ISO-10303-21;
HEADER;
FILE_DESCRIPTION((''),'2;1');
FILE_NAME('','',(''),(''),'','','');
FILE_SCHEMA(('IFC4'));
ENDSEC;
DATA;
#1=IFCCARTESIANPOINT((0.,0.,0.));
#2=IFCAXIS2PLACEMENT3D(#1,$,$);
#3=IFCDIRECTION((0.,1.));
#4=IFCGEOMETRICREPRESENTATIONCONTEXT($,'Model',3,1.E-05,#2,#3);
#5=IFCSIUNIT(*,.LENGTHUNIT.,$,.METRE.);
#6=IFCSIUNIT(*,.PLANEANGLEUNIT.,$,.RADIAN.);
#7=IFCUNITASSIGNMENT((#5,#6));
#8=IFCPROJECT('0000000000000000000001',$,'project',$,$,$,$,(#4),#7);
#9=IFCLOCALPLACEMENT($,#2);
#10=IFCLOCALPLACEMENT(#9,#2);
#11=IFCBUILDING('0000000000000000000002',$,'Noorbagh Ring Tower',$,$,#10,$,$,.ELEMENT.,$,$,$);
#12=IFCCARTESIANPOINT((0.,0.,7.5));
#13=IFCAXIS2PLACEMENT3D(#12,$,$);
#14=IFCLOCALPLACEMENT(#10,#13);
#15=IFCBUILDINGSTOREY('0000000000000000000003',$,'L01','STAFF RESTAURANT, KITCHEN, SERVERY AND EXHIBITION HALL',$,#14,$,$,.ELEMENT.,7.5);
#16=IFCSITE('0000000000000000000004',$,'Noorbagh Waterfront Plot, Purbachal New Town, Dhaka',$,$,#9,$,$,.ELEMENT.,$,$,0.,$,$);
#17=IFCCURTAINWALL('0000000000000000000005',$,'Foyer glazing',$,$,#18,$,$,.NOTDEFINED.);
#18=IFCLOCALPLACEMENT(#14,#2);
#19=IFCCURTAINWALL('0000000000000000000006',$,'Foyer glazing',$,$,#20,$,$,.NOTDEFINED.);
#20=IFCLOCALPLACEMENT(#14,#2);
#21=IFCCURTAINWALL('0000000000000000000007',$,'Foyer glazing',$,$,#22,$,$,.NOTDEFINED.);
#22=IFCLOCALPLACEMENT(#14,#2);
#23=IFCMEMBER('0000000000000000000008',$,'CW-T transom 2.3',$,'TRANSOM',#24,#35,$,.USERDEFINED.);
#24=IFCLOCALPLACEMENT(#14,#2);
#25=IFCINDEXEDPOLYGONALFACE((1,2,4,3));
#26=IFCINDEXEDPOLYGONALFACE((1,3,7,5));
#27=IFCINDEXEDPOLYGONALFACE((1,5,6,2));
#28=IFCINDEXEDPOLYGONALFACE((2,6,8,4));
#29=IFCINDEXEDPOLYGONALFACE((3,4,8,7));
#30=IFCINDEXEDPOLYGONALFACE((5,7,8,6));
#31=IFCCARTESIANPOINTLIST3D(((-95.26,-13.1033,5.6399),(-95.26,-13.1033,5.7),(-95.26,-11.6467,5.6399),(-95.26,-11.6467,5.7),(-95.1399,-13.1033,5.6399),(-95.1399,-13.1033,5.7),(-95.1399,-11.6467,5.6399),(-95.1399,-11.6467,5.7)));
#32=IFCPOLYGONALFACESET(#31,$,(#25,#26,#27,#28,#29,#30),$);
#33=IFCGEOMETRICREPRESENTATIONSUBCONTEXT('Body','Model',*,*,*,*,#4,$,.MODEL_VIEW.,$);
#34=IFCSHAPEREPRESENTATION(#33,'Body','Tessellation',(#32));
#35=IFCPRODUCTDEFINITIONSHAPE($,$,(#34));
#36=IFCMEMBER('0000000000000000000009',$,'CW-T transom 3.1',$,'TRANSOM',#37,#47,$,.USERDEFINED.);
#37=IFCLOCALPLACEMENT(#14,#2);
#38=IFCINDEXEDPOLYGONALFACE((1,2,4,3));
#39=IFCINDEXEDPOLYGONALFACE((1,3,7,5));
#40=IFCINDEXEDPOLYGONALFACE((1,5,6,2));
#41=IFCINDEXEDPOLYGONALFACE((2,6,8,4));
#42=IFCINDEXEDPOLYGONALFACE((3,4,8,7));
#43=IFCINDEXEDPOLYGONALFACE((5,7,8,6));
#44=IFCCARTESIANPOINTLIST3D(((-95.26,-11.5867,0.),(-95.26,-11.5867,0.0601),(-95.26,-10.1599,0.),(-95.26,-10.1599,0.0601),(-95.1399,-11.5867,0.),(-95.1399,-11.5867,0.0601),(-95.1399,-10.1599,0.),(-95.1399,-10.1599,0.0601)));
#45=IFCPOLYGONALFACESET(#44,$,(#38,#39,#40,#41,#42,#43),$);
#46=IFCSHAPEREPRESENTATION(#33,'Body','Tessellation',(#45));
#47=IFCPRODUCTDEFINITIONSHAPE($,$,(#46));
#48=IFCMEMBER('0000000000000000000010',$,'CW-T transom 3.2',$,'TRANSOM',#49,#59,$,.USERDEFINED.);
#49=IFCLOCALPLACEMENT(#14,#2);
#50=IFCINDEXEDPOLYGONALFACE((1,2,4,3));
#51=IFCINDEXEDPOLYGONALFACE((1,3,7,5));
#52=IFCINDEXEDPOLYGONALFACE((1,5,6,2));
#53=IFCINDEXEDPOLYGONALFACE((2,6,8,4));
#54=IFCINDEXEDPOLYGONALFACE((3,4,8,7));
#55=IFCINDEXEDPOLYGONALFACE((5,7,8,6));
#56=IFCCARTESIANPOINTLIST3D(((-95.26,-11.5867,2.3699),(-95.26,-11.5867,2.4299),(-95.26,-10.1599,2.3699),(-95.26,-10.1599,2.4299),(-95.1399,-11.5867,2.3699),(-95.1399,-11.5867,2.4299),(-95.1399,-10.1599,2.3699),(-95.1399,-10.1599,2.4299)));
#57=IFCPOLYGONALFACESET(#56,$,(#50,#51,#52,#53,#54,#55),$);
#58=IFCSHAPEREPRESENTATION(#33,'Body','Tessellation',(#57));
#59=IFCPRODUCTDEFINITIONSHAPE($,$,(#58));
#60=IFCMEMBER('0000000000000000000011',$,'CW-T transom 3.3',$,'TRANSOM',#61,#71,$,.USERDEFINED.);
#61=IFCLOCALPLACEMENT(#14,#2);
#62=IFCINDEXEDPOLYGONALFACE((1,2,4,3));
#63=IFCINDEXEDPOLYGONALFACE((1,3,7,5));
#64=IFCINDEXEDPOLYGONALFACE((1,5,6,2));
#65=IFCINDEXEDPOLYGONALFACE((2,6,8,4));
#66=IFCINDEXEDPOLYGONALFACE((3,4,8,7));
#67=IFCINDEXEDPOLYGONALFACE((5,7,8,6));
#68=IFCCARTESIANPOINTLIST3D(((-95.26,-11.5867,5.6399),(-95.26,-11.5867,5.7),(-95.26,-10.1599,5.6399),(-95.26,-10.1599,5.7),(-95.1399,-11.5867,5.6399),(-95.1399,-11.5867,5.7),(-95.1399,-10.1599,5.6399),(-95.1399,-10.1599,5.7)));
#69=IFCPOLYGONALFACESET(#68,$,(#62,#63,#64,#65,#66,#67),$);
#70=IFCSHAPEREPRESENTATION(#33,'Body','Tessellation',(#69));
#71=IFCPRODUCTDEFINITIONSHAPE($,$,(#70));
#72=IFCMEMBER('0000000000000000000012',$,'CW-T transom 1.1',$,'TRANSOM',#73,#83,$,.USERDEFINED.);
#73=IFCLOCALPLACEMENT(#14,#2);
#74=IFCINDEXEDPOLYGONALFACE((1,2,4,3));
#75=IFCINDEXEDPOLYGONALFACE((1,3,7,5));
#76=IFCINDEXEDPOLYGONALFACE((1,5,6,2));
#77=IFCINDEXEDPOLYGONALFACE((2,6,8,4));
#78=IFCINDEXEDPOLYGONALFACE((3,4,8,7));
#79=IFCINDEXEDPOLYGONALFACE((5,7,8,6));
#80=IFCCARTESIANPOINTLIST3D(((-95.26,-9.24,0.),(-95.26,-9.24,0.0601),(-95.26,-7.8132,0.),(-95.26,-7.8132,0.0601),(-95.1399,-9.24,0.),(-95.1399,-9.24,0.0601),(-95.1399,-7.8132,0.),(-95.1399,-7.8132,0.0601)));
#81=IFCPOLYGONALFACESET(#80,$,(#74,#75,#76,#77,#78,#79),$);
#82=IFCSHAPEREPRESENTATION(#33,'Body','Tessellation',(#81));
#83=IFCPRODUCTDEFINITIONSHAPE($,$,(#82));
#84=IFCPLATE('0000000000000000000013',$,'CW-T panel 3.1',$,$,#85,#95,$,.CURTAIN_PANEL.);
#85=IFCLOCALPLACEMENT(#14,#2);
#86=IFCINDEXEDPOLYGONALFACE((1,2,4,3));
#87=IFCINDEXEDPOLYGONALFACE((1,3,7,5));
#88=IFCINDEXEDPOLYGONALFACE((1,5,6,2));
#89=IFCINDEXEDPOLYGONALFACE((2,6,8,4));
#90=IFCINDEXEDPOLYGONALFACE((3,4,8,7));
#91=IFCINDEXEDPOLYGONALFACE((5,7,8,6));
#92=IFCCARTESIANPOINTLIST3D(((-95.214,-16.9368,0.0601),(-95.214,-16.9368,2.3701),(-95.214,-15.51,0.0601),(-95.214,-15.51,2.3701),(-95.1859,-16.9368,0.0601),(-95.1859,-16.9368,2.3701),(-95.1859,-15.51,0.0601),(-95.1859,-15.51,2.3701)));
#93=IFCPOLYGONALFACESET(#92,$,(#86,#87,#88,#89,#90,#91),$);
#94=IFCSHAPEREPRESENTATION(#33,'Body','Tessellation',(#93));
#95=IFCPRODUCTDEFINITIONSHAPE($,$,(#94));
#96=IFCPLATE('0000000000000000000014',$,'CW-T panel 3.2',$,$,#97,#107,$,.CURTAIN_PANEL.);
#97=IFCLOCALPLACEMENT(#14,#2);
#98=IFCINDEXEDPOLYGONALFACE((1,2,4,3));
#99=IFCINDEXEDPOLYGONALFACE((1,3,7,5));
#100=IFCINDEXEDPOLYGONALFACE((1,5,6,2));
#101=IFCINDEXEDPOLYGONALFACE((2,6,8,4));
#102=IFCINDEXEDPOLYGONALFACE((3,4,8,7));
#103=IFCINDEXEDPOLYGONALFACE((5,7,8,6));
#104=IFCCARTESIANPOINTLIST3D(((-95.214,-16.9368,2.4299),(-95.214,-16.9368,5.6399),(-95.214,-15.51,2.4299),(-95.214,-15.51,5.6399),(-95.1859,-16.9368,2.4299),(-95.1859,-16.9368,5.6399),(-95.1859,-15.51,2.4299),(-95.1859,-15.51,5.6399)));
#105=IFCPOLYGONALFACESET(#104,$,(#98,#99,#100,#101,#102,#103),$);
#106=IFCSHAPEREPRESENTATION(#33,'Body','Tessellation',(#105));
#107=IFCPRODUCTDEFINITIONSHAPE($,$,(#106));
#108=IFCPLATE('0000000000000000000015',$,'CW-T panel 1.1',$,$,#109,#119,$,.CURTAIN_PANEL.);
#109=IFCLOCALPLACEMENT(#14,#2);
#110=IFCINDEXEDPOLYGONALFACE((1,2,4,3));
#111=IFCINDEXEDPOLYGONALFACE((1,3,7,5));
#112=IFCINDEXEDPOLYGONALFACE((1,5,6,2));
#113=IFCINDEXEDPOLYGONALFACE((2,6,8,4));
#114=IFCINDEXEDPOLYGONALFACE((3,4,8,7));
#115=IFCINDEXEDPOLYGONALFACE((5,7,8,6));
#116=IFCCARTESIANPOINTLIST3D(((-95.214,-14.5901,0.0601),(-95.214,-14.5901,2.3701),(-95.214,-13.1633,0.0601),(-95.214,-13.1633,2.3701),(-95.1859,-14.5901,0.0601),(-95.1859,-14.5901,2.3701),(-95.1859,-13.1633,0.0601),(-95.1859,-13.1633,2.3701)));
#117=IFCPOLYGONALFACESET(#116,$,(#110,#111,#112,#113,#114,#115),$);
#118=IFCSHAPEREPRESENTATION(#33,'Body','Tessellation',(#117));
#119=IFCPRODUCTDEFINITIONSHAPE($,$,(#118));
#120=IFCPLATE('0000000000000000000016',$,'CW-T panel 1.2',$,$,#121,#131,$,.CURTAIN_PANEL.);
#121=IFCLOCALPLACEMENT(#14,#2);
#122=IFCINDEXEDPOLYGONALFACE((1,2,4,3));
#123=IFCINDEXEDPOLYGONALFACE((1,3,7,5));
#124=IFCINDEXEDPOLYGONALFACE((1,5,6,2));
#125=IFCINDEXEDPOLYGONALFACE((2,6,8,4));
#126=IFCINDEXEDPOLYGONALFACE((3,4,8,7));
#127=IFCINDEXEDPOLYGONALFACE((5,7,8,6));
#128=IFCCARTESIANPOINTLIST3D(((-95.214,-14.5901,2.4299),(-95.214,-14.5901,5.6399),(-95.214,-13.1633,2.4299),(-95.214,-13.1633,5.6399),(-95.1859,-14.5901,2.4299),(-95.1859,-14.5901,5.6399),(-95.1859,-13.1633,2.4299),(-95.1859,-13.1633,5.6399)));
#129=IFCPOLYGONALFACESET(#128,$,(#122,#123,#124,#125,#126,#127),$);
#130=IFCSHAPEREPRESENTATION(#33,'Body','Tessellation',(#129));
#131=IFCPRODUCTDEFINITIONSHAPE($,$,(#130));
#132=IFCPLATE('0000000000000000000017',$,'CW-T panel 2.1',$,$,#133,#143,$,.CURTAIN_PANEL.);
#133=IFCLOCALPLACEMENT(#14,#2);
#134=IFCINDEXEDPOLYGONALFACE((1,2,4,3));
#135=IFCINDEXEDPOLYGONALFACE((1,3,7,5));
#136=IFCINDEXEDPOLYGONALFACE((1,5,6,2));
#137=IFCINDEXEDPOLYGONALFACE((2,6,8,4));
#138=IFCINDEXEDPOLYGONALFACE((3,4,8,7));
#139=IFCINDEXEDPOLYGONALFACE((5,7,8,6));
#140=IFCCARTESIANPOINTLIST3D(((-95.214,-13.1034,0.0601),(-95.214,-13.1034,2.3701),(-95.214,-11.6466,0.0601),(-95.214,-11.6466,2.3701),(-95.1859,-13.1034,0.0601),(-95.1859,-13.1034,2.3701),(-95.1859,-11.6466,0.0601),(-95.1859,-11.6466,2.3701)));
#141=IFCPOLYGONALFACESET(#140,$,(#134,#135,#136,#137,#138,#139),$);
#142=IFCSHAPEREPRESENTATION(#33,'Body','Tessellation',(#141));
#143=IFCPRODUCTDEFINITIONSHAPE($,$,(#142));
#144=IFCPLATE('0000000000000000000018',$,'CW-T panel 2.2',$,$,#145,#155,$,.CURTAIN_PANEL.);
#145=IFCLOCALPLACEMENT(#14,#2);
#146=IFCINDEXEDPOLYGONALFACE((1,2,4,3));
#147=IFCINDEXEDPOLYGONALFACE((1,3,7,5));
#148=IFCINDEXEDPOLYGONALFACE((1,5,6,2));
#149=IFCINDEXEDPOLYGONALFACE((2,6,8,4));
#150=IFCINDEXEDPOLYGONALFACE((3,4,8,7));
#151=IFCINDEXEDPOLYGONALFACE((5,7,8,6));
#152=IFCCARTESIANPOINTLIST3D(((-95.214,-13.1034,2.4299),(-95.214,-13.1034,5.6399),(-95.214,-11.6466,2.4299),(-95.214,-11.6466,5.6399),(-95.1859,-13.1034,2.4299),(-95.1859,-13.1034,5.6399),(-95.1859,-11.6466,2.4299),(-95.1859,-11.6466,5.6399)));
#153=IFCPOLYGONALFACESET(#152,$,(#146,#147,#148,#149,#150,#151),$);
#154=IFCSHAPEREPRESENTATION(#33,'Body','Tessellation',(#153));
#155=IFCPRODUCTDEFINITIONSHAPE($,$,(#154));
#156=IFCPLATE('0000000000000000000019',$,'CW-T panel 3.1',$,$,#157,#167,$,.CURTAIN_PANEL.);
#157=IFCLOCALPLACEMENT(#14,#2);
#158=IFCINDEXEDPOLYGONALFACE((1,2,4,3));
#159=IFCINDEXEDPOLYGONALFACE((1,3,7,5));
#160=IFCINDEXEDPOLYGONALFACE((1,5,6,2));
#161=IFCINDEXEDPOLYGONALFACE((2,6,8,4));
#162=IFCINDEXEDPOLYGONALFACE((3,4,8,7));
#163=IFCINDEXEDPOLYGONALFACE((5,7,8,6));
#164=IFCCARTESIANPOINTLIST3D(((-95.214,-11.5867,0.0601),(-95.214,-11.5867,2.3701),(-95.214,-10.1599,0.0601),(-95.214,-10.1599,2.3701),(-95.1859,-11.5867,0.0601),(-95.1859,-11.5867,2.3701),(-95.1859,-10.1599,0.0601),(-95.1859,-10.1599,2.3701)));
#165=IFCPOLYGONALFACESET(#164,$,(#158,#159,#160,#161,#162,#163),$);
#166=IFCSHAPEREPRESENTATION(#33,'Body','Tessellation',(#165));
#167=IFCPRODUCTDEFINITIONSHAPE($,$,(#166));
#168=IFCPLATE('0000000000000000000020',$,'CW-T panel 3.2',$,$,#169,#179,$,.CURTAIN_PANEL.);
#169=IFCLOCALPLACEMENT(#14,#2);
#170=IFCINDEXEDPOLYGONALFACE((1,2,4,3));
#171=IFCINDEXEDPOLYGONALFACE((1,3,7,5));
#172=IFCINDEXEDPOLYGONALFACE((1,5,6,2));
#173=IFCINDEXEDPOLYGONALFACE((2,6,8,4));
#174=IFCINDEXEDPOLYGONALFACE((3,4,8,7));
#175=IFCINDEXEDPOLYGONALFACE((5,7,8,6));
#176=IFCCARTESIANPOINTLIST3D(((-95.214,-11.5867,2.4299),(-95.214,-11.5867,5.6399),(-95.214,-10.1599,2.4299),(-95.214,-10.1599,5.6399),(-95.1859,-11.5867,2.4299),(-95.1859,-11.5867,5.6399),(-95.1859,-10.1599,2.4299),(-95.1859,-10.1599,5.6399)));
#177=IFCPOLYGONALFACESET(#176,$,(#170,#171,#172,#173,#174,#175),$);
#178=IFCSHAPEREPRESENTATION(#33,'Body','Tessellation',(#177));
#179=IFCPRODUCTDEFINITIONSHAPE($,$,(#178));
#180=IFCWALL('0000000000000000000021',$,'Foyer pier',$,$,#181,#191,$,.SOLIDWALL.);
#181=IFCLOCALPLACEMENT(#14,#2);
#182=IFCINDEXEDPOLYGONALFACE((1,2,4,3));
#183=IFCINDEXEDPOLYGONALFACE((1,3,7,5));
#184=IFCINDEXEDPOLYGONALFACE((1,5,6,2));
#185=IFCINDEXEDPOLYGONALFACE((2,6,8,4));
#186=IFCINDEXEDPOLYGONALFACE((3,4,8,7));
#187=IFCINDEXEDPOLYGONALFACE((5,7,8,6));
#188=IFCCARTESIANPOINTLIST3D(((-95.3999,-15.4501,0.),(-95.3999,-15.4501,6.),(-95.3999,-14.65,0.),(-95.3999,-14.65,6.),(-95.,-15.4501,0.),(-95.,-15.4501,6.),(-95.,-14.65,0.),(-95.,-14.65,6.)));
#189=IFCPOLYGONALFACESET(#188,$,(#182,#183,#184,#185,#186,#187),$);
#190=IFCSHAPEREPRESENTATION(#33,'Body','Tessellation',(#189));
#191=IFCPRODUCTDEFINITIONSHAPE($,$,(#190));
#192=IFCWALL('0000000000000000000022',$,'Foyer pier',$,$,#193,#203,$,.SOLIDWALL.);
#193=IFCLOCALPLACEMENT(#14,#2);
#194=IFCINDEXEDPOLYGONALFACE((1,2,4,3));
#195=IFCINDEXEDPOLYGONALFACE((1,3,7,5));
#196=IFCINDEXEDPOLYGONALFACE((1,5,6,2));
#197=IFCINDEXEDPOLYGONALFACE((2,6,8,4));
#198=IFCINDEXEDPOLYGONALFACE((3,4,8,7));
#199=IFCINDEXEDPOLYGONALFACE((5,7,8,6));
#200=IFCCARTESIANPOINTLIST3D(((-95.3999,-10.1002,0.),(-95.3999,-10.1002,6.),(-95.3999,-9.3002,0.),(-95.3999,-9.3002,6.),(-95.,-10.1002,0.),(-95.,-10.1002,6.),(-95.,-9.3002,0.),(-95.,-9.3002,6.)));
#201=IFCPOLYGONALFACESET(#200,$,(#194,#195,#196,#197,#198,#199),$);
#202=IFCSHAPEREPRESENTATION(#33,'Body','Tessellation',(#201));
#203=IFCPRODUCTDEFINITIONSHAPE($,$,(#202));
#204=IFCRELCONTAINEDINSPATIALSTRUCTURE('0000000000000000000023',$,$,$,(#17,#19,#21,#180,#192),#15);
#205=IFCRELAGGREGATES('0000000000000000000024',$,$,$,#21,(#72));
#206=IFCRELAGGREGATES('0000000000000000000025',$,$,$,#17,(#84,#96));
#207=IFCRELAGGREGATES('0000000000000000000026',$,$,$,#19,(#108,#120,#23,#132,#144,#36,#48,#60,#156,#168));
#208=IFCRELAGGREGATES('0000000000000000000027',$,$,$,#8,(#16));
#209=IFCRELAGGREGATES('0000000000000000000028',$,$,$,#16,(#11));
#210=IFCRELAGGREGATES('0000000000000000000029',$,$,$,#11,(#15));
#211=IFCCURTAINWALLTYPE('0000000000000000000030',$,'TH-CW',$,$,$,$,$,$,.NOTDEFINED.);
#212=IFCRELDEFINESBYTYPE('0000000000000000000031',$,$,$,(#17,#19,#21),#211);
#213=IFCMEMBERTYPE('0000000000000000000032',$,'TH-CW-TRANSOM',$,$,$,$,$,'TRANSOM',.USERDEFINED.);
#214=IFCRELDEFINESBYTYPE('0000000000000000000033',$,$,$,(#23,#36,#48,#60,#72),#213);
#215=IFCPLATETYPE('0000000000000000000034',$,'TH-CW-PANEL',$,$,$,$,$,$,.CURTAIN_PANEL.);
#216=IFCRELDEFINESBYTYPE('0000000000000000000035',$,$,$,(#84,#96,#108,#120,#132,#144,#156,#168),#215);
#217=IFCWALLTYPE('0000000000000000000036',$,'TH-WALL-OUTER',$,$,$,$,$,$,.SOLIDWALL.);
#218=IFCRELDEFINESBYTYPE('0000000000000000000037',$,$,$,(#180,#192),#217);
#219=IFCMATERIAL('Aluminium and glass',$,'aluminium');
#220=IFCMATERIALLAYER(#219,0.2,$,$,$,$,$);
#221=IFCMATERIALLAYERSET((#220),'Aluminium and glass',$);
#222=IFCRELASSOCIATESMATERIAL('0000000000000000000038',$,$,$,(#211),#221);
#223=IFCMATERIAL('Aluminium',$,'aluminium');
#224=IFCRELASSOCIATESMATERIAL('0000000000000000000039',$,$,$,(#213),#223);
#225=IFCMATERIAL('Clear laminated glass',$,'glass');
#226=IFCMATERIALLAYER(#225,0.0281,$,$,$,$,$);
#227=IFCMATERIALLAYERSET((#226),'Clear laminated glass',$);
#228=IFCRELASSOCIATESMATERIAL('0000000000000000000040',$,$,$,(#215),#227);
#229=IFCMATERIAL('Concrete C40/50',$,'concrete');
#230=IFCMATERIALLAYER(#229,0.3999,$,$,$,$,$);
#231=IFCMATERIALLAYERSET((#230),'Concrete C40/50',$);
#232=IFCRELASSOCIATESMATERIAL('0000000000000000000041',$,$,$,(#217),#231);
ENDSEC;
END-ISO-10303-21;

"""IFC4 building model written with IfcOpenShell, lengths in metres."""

from ifc_helpers import new_model, si_unit, direction, frame, frame_2d, origin, origin_2d, place, context, subcontext, project, spatial, rectangle, extrude, material, layer, layer_set, material_profile, profile_set, type_object, element, aggregate, save


model = new_model("IFC4")

# Units and contexts
model_context = context("Model", 3, precision=1e-05, world=origin(), true_north=direction((0.0, 1.0)))
body_context = subcontext(model_context, "Body", "Model", "MODEL_VIEW")
ifc_project = project(units=[si_unit("LENGTHUNIT", "METRE"), si_unit("PLANEANGLEUNIT", "RADIAN")], contexts=[model_context])

# Site, building, storey
site_placement = place(None, origin())
site = spatial("IfcSite", under=ifc_project, at=site_placement, Name="Noorbagh Waterfront Plot, Purbachal New Town, Dhaka", CompositionType="ELEMENT", RefElevation=0.0)
building_placement = place(site_placement, origin())
building = spatial("IfcBuilding", under=site, at=building_placement, Name="Noorbagh Ring Tower", CompositionType="ELEMENT")
storey_placement = place(building_placement, frame((0.0, 0.0, 7.5)))
storey = spatial("IfcBuildingStorey", under=building, at=storey_placement, Name="L01", Description="STAFF RESTAURANT, KITCHEN, SERVERY AND EXHIBITION HALL", CompositionType="ELEMENT", Elevation=7.5)

# Curtain walls
ifc_material_1 = material(Name="Aluminium and glass", Category="aluminium")
ifc_layer_1 = layer(ifc_material_1, 0.2)
ifc_layer_set_1 = layer_set([ifc_layer_1], Name="Aluminium and glass")
curtain_wall_type = type_object("IfcCurtainWallType", Name="TH-CW", PredefinedType="NOTDEFINED", material=ifc_layer_set_1)
curtain_wall_1_placement = place(storey_placement, origin())
curtain_wall_1 = element("IfcCurtainWall", 1, at=curtain_wall_1_placement, inside=storey, type_object=curtain_wall_type, Name="Foyer glazing", PredefinedType="NOTDEFINED")
curtain_wall_2_placement = place(storey_placement, origin())
curtain_wall_2 = element("IfcCurtainWall", 2, at=curtain_wall_2_placement, inside=storey, type_object=curtain_wall_type, Name="Foyer glazing", PredefinedType="NOTDEFINED")

# Curtain wall
curtain_wall_3_placement = place(storey_placement, origin())
curtain_wall_3 = element("IfcCurtainWall", 3, at=curtain_wall_3_placement, inside=storey, type_object=curtain_wall_type, Name="Foyer glazing", PredefinedType="NOTDEFINED")

# Members
ifc_material_2 = material(Name="Aluminium", Category="aluminium")
ifc_material_profile_1 = material_profile(ifc_material_2, rectangle(XDim=0.1201, YDim=0.0601, at=origin_2d()), Name="AL 120x60")
ifc_profile_set_1 = profile_set([ifc_material_profile_1], Name="Aluminium")
member_type_1 = type_object("IfcMemberType", Name="TH-CW-TRANSOM", ElementType="TRANSOM", PredefinedType="USERDEFINED", material=ifc_profile_set_1)
member_1_placement = place(storey_placement, frame((-95.2, -13.1033, 5.6699), z_axis=(0.0, 1.0, 0.0), x_axis=(-1.0, 0.0, 0.0)))
member_1 = element("IfcMember", 4, at=member_1_placement, type_object=member_type_1, Name="CW-T transom 2.3", ObjectType="TRANSOM", PredefinedType="USERDEFINED", context=body_context, shape_type="SweptSolid", body=[
    extrude(rectangle(XDim=0.1201, YDim=0.0601, at=origin_2d()), origin(), (0.0, 0.0, 1.0), 1.4565),
])
member_2_placement = place(storey_placement, frame((-95.2, -11.5867, 0.03), z_axis=(0.0, 1.0, 0.0), x_axis=(-1.0, 0.0, 0.0)))
member_2 = element("IfcMember", 5, at=member_2_placement, type_object=member_type_1, Name="CW-T transom 3.1", ObjectType="TRANSOM", PredefinedType="USERDEFINED", context=body_context, shape_type="SweptSolid", body=[
    extrude(rectangle(XDim=0.1201, YDim=0.0601, at=origin_2d()), origin(), (0.0, 0.0, 1.0), 1.4268),
])
member_3_placement = place(storey_placement, frame((-95.2, -11.5867, 2.3999), z_axis=(0.0, 1.0, 0.0), x_axis=(-1.0, 0.0, 0.0)))
member_3 = element("IfcMember", 6, at=member_3_placement, type_object=member_type_1, Name="CW-T transom 3.2", ObjectType="TRANSOM", PredefinedType="USERDEFINED", context=body_context, shape_type="SweptSolid", body=[
    extrude(rectangle(XDim=0.1201, YDim=0.0601, at=origin_2d()), origin(), (0.0, 0.0, 1.0), 1.4268),
])
member_4_placement = place(storey_placement, frame((-95.2, -11.5867, 5.6699), z_axis=(0.0, 1.0, 0.0), x_axis=(-1.0, 0.0, 0.0)))
member_4 = element("IfcMember", 7, at=member_4_placement, type_object=member_type_1, Name="CW-T transom 3.3", ObjectType="TRANSOM", PredefinedType="USERDEFINED", context=body_context, shape_type="SweptSolid", body=[
    extrude(rectangle(XDim=0.1201, YDim=0.0601, at=origin_2d()), origin(), (0.0, 0.0, 1.0), 1.4268),
])
member_5_placement = place(storey_placement, frame((-95.2, -9.24, 0.03), z_axis=(0.0, 1.0, 0.0), x_axis=(-1.0, 0.0, 0.0)))
member_5 = element("IfcMember", 8, at=member_5_placement, type_object=member_type_1, Name="CW-T transom 1.1", ObjectType="TRANSOM", PredefinedType="USERDEFINED", context=body_context, shape_type="SweptSolid", body=[
    extrude(rectangle(XDim=0.1201, YDim=0.0601, at=origin_2d()), origin(), (0.0, 0.0, 1.0), 1.4268),
])
aggregate(curtain_wall_3, [member_5])

# Plates
ifc_material_3 = material(Name="Clear laminated glass", Category="glass")
ifc_layer_2 = layer(ifc_material_3, 0.0281)
ifc_layer_set_2 = layer_set([ifc_layer_2], Name="Clear laminated glass")
plate_type = type_object("IfcPlateType", Name="TH-CW-PANEL", PredefinedType="CURTAIN_PANEL", material=ifc_layer_set_2)
plate_1_placement = place(storey_placement, frame((-95.2, -16.2234, 0.0601), z_axis=(0.0, 0.0, 1.0), x_axis=(0.0, 1.0, 0.0)))
plate_1 = element("IfcPlate", 9, at=plate_1_placement, type_object=plate_type, Name="CW-T panel 3.1", PredefinedType="CURTAIN_PANEL", context=body_context, shape_type="SweptSolid", body=[
    extrude(rectangle(XDim=1.4268, YDim=0.0281, at=origin_2d()), origin(), (0.0, 0.0, 1.0), 2.3101),
])
plate_2_placement = place(storey_placement, frame((-95.2, -16.2234, 2.4299), z_axis=(0.0, 0.0, 1.0), x_axis=(0.0, 1.0, 0.0)))
plate_2 = element("IfcPlate", 10, at=plate_2_placement, type_object=plate_type, Name="CW-T panel 3.2", PredefinedType="CURTAIN_PANEL", context=body_context, shape_type="SweptSolid", body=[
    extrude(rectangle(XDim=1.4268, YDim=0.0281, at=origin_2d()), origin(), (0.0, 0.0, 1.0), 3.21),
])
aggregate(curtain_wall_1, [plate_1, plate_2])
plate_3_placement = place(storey_placement, frame((-95.2, -13.8767, 0.0601), z_axis=(0.0, 0.0, 1.0), x_axis=(0.0, 1.0, 0.0)))
plate_3 = element("IfcPlate", 11, at=plate_3_placement, type_object=plate_type, Name="CW-T panel 1.1", PredefinedType="CURTAIN_PANEL", context=body_context, shape_type="SweptSolid", body=[
    extrude(rectangle(XDim=1.4268, YDim=0.0281, at=origin_2d()), origin(), (0.0, 0.0, 1.0), 2.3101),
])
plate_4_placement = place(storey_placement, frame((-95.2, -13.8767, 2.4299), z_axis=(0.0, 0.0, 1.0), x_axis=(0.0, 1.0, 0.0)))
plate_4 = element("IfcPlate", 12, at=plate_4_placement, type_object=plate_type, Name="CW-T panel 1.2", PredefinedType="CURTAIN_PANEL", context=body_context, shape_type="SweptSolid", body=[
    extrude(rectangle(XDim=1.4268, YDim=0.0281, at=origin_2d()), origin(), (0.0, 0.0, 1.0), 3.21),
])
plate_5_placement = place(storey_placement, frame((-95.2, -12.375, 0.0601), z_axis=(0.0, 0.0, 1.0), x_axis=(0.0, 1.0, 0.0)))
plate_5 = element("IfcPlate", 13, at=plate_5_placement, type_object=plate_type, Name="CW-T panel 2.1", PredefinedType="CURTAIN_PANEL", context=body_context, shape_type="SweptSolid", body=[
    extrude(rectangle(XDim=1.4568, YDim=0.0281, at=origin_2d()), origin(), (0.0, 0.0, 1.0), 2.3101),
])
plate_6_placement = place(storey_placement, frame((-95.2, -12.375, 2.4299), z_axis=(0.0, 0.0, 1.0), x_axis=(0.0, 1.0, 0.0)))
plate_6 = element("IfcPlate", 14, at=plate_6_placement, type_object=plate_type, Name="CW-T panel 2.2", PredefinedType="CURTAIN_PANEL", context=body_context, shape_type="SweptSolid", body=[
    extrude(rectangle(XDim=1.4568, YDim=0.0281, at=origin_2d()), origin(), (0.0, 0.0, 1.0), 3.21),
])
plate_7_placement = place(storey_placement, frame((-95.2, -10.8733, 0.0601), z_axis=(0.0, 0.0, 1.0), x_axis=(0.0, 1.0, 0.0)))
plate_7 = element("IfcPlate", 15, at=plate_7_placement, type_object=plate_type, Name="CW-T panel 3.1", PredefinedType="CURTAIN_PANEL", context=body_context, shape_type="SweptSolid", body=[
    extrude(rectangle(XDim=1.4268, YDim=0.0281, at=origin_2d()), origin(), (0.0, 0.0, 1.0), 2.3101),
])
plate_8_placement = place(storey_placement, frame((-95.2, -10.8733, 2.4299), z_axis=(0.0, 0.0, 1.0), x_axis=(0.0, 1.0, 0.0)))
plate_8 = element("IfcPlate", 16, at=plate_8_placement, type_object=plate_type, Name="CW-T panel 3.2", PredefinedType="CURTAIN_PANEL", context=body_context, shape_type="SweptSolid", body=[
    extrude(rectangle(XDim=1.4268, YDim=0.0281, at=origin_2d()), origin(), (0.0, 0.0, 1.0), 3.21),
])
aggregate(curtain_wall_2, [plate_3, plate_4, member_1, plate_5, plate_6, member_2, member_3, member_4, plate_7, plate_8])

# Walls
ifc_material_4 = material(Name="Concrete C40/50", Category="concrete")
ifc_layer_3 = layer(ifc_material_4, 0.3999)
ifc_layer_set_3 = layer_set([ifc_layer_3], Name="Concrete C40/50")
wall_type = type_object("IfcWallType", Name="TH-WALL-OUTER", PredefinedType="SOLIDWALL", material=ifc_layer_set_3)
for number, where, z_axis, x_axis, name in (
    (17, (-95.2, -15.45, 0.0), (0.0, 0.0, 1.0), (0.0, 1.0, 0.0), "Foyer pier"),
    (18, (-95.2, -10.1001, 0.0), (0.0, 0.0, 1.0), (0.0, 1.0, 0.0), "Foyer pier"),
):
    element("IfcWall", number, at=place(storey_placement, frame(where, z_axis=z_axis, x_axis=x_axis)), inside=storey, type_object=wall_type, Name=name, PredefinedType="SOLIDWALL", context=body_context, shape_type="SweptSolid", body=[
        extrude(rectangle(XDim=0.8, YDim=0.3999, at=frame_2d((0.3999, 0.0))), origin(), (0.0, 0.0, 1.0), 6.0),
    ])

save(model, "model.ifc")
